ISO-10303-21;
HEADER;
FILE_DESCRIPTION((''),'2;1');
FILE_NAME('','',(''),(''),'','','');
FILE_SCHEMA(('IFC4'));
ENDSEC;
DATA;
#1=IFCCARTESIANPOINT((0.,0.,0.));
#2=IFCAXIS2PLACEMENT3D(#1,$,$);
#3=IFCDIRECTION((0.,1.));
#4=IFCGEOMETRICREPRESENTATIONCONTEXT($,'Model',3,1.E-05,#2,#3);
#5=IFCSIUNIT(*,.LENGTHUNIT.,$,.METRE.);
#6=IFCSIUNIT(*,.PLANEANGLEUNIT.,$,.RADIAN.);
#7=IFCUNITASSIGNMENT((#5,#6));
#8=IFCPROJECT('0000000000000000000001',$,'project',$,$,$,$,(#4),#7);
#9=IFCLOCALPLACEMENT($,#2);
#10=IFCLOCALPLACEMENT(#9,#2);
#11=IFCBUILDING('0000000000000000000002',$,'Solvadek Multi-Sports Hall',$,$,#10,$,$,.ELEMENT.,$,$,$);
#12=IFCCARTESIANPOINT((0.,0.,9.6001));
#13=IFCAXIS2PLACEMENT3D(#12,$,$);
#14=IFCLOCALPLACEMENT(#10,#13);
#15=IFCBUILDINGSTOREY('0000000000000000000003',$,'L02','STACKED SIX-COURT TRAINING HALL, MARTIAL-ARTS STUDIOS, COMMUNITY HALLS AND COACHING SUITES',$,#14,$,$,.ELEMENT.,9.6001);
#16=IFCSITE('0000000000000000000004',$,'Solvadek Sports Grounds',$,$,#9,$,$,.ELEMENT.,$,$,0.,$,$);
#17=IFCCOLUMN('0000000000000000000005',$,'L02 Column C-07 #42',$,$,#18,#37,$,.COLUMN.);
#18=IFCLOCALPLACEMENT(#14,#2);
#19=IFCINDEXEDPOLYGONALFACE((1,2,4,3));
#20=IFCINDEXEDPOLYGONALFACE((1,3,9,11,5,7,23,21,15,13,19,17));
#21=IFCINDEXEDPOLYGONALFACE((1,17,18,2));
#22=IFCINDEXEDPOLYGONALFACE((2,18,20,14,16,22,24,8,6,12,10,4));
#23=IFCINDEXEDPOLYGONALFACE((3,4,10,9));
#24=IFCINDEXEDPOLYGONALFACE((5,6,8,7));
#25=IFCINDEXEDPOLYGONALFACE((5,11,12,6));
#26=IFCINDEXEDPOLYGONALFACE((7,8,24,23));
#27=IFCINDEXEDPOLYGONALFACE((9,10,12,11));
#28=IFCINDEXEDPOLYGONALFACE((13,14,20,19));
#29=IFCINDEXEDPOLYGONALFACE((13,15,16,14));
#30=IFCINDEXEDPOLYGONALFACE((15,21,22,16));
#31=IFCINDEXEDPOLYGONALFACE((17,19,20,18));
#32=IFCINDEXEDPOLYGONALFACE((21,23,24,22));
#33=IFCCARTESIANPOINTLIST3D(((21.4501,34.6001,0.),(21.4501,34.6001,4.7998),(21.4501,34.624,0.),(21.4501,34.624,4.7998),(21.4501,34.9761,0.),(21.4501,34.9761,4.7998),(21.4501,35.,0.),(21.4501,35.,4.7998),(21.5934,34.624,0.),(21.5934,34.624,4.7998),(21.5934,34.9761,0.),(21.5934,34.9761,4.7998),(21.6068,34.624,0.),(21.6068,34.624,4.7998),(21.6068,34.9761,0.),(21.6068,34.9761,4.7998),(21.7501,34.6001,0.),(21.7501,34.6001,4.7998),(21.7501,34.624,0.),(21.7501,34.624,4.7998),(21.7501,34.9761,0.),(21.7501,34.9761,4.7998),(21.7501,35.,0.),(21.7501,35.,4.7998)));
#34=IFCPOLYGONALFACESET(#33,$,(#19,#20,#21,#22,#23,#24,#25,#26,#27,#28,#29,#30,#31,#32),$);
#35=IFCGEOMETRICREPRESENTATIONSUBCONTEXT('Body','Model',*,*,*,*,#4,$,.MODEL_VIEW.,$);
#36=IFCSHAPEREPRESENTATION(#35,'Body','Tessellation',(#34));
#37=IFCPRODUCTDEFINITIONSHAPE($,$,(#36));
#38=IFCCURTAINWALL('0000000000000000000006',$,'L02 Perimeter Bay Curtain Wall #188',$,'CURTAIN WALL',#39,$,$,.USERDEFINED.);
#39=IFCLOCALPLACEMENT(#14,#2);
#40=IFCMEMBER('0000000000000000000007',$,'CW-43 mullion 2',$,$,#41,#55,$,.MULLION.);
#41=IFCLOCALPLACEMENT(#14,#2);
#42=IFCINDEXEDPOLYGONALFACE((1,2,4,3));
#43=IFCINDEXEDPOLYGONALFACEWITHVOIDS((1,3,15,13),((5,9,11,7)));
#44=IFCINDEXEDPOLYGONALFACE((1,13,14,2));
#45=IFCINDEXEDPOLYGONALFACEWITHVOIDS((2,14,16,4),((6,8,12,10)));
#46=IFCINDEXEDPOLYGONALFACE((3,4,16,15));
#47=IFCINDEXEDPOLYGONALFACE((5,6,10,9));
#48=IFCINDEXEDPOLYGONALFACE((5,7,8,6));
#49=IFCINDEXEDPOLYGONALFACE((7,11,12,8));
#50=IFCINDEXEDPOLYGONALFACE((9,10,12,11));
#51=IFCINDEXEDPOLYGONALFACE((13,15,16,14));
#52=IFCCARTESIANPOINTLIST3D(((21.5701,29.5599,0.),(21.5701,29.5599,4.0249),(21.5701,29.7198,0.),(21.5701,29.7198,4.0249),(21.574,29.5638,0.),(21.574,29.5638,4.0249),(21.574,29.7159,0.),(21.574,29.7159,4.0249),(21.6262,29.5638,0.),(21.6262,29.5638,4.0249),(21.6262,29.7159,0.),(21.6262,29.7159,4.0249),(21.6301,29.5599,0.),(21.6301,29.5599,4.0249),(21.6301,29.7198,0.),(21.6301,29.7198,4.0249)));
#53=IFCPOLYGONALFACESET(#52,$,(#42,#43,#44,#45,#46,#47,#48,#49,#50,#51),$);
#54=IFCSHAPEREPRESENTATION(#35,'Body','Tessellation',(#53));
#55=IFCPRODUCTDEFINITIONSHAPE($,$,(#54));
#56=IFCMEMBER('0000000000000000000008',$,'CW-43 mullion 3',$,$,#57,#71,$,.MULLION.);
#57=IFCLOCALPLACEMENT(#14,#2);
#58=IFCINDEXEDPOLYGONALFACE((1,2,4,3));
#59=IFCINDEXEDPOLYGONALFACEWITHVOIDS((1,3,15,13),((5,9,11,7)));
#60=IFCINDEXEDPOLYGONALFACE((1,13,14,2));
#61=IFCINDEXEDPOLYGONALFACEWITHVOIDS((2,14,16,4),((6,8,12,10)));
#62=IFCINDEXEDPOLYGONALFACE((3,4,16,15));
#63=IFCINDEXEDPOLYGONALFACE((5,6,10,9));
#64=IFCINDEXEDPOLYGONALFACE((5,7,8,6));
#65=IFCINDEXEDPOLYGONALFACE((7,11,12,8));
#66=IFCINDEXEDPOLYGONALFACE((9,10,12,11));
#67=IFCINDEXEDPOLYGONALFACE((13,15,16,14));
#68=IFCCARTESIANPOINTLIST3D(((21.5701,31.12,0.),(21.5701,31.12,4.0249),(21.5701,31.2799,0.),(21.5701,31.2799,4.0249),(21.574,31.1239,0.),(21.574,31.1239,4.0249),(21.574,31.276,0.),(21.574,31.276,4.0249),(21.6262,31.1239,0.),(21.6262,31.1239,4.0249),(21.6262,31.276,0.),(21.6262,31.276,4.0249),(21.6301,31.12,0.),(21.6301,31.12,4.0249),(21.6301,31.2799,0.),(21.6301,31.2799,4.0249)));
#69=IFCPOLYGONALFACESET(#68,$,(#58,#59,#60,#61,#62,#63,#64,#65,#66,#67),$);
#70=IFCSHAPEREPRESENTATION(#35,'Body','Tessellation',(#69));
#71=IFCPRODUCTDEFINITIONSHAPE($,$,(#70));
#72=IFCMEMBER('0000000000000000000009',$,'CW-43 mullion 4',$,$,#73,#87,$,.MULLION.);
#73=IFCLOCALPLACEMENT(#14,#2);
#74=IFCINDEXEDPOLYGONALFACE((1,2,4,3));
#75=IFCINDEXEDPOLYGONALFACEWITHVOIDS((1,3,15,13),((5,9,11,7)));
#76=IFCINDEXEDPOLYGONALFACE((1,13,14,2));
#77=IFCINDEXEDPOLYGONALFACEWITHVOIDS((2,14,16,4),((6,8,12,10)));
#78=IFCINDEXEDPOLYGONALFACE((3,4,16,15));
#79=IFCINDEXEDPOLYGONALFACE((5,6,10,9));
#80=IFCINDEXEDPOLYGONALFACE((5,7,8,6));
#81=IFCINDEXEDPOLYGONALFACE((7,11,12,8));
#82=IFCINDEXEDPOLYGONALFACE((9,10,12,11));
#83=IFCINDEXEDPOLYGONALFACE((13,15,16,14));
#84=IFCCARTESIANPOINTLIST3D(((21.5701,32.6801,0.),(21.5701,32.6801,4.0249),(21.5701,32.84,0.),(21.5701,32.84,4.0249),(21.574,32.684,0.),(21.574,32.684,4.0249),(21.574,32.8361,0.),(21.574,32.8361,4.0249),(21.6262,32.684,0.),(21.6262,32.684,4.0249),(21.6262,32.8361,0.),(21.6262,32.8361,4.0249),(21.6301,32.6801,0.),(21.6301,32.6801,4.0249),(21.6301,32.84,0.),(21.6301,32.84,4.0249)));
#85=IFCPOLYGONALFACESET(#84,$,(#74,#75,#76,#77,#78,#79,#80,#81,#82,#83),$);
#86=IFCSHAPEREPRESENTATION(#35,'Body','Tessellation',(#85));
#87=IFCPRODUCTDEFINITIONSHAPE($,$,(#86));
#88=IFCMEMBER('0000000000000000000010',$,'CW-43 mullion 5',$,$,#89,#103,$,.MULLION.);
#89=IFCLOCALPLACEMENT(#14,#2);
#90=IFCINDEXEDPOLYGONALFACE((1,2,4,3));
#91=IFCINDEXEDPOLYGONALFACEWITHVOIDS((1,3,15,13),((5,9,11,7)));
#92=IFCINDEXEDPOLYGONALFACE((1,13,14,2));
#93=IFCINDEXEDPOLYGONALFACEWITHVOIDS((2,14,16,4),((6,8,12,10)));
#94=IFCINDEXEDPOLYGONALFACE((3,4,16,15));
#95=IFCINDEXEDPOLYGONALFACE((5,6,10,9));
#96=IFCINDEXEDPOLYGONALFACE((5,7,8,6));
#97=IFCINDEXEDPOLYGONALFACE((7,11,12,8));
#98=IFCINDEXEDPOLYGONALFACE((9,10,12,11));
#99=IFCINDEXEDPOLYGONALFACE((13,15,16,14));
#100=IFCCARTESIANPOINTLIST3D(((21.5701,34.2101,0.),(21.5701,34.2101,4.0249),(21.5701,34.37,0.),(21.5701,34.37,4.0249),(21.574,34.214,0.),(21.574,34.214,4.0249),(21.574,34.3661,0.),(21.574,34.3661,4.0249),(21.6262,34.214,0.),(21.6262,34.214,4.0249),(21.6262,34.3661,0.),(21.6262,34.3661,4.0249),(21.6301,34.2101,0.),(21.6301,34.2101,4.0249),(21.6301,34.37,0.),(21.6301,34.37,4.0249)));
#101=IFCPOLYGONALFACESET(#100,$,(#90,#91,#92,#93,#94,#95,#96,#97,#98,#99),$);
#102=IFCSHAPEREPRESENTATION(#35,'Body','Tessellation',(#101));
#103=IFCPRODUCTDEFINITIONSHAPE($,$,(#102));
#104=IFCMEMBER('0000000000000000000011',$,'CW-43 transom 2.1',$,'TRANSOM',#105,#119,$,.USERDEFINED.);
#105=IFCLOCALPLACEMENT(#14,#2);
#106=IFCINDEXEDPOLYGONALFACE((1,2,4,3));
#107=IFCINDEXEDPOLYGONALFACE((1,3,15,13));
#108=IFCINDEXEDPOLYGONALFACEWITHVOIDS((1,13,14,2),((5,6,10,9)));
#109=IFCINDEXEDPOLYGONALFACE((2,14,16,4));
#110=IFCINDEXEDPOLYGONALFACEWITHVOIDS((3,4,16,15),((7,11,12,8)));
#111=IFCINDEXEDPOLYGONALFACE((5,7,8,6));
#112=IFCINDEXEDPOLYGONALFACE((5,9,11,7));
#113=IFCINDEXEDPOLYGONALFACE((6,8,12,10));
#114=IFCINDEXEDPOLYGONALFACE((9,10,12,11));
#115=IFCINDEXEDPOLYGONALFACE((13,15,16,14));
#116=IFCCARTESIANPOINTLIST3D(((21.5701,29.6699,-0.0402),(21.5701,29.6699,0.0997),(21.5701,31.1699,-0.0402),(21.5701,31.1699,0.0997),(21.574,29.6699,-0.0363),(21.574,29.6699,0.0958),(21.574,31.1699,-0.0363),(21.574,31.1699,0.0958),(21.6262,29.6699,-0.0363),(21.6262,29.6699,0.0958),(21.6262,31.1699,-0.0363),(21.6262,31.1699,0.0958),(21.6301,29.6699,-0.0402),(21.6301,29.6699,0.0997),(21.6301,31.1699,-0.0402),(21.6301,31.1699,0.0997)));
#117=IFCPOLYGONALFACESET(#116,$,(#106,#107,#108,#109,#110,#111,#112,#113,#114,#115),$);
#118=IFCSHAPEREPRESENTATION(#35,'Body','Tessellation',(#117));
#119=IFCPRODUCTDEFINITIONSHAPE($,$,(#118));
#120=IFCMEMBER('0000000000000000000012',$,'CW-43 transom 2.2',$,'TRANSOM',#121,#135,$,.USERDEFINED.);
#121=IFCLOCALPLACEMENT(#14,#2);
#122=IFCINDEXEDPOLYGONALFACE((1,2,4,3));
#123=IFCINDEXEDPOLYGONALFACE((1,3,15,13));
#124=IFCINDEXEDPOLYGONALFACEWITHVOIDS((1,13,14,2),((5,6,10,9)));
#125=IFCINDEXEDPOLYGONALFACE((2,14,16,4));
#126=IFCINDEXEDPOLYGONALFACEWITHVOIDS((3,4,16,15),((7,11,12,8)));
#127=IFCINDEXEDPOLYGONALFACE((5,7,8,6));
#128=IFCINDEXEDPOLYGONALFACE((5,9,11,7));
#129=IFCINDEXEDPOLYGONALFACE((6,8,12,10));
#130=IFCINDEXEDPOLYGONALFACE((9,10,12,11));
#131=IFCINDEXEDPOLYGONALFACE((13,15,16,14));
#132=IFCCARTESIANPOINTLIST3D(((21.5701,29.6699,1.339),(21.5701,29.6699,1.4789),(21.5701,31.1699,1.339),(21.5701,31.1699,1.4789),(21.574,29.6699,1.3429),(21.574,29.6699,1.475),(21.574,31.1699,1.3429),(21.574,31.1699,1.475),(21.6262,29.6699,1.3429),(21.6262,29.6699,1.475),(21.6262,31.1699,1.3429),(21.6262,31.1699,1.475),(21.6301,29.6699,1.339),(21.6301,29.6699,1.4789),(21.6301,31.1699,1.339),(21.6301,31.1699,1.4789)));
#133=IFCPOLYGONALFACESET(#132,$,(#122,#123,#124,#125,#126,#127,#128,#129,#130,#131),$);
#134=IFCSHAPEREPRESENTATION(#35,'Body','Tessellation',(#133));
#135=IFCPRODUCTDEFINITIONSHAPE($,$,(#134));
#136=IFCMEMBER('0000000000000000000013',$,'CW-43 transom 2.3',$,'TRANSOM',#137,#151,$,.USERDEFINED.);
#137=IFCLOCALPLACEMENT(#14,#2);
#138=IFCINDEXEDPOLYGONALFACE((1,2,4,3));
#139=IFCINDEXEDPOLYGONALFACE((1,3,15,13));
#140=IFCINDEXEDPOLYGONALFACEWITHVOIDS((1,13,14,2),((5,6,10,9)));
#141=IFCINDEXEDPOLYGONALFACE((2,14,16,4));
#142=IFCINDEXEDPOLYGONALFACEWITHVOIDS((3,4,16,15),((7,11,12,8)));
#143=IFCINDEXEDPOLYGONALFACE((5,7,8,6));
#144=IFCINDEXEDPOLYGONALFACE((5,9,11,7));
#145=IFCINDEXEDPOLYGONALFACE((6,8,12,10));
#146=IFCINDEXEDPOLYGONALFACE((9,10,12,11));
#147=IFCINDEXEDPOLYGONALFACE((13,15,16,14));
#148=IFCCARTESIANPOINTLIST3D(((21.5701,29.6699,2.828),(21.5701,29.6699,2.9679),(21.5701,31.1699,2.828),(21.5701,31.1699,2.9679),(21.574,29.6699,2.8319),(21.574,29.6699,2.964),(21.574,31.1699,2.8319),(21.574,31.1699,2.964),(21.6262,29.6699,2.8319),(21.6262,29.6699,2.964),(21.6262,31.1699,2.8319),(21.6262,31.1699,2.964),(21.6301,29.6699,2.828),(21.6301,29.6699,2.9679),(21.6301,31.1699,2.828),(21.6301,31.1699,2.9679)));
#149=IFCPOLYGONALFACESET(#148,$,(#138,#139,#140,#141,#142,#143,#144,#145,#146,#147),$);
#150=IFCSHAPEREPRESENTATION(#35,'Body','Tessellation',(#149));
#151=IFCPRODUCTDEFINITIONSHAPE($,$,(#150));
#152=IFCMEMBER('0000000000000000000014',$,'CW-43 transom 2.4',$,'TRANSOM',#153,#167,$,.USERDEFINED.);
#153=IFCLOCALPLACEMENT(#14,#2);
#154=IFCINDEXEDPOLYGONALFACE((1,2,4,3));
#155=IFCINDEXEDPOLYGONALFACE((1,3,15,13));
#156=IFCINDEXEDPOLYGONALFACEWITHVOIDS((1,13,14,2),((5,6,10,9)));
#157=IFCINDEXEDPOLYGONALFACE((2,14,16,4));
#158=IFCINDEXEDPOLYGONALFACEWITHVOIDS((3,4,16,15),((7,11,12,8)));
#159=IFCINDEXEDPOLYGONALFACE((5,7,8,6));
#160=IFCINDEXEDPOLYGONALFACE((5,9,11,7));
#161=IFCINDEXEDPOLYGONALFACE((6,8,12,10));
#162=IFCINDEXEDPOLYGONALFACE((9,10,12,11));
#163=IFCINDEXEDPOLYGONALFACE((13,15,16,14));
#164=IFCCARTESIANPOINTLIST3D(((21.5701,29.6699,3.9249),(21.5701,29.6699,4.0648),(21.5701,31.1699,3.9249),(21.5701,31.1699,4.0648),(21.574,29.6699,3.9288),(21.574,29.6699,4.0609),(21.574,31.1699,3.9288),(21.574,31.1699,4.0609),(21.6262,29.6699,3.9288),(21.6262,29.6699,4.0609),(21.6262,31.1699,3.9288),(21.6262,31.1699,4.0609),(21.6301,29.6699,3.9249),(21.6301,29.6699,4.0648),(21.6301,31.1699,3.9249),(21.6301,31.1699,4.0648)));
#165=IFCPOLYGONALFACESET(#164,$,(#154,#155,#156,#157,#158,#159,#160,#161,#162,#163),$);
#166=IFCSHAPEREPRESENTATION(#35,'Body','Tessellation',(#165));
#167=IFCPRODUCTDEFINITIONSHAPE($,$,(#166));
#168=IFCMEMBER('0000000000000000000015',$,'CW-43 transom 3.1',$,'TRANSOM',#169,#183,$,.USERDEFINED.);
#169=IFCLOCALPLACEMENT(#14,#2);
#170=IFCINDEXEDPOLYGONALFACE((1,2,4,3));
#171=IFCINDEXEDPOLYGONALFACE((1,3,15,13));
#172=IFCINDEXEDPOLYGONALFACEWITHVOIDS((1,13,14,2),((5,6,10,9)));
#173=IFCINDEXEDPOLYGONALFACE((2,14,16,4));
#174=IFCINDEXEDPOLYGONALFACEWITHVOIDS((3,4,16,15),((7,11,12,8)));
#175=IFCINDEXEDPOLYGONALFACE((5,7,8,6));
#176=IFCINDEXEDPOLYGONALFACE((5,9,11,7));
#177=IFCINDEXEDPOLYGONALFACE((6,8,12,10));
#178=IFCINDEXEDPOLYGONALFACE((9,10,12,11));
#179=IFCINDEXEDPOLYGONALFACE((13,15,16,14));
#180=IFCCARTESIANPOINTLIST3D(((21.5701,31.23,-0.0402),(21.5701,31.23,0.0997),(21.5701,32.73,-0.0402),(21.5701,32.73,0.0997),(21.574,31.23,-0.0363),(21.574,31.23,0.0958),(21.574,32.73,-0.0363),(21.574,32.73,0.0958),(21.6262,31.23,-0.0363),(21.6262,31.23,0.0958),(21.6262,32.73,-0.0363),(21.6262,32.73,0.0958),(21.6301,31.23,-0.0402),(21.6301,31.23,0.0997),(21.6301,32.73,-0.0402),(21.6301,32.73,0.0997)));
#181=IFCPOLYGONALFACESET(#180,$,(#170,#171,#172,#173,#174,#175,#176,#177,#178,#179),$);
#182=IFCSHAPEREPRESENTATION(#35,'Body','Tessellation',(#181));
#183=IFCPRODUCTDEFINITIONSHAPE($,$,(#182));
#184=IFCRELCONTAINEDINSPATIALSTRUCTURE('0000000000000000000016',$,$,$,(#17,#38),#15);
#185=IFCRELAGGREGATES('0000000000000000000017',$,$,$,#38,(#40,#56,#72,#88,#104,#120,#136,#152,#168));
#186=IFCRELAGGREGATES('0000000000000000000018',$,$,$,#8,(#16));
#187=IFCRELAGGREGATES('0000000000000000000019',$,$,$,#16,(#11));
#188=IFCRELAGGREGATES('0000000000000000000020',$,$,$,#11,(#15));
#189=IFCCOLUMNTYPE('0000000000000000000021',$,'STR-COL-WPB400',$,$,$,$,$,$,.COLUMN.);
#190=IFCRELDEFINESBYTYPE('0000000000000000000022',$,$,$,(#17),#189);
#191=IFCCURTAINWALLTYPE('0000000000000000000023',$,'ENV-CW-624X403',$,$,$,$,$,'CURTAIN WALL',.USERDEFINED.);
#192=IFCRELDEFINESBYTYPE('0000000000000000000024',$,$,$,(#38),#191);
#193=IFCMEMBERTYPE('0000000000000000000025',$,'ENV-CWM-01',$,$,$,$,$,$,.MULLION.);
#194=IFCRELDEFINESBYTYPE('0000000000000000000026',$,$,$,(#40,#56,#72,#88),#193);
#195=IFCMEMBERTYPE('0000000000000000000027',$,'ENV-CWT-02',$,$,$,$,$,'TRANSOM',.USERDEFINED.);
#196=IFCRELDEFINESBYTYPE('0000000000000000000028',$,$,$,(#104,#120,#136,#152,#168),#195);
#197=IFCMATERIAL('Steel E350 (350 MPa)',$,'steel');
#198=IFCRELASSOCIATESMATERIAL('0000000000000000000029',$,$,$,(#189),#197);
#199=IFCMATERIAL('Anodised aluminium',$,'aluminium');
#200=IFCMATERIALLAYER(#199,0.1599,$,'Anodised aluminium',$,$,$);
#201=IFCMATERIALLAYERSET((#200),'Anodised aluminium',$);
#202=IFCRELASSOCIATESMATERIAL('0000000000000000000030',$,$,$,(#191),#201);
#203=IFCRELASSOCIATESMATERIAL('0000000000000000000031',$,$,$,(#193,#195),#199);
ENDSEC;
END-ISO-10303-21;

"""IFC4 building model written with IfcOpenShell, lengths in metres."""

from ifc_helpers import new_model, si_unit, direction, frame, origin, origin_2d, place, context, subcontext, project, spatial, hollow_rectangle, i_section, extrude, material, layer, layer_set, material_profile, profile_set, type_object, element, aggregate, save


model = new_model("IFC4")

# Units and contexts
model_context = context("Model", 3, precision=1e-05, world=origin(), true_north=direction((0.0, 1.0)))
body_context = subcontext(model_context, "Body", "Model", "MODEL_VIEW")
ifc_project = project(units=[si_unit("LENGTHUNIT", "METRE"), si_unit("PLANEANGLEUNIT", "RADIAN")], contexts=[model_context])

# Site, building, storey
site_placement = place(None, origin())
site = spatial("IfcSite", under=ifc_project, at=site_placement, Name="Solvadek Sports Grounds", CompositionType="ELEMENT", RefElevation=0.0)
building_placement = place(site_placement, origin())
building = spatial("IfcBuilding", under=site, at=building_placement, Name="Solvadek Multi-Sports Hall", CompositionType="ELEMENT")
storey_placement = place(building_placement, frame((0.0, 0.0, 9.6001)))
storey = spatial("IfcBuildingStorey", under=building, at=storey_placement, Name="L02", Description="STACKED SIX-COURT TRAINING HALL, MARTIAL-ARTS STUDIOS, COMMUNITY HALLS AND COACHING SUITES", CompositionType="ELEMENT", Elevation=9.6001)

# Column
ifc_material_1 = material(Name="Steel E350 (350 MPa)", Category="steel")
ifc_material_profile_1 = material_profile(ifc_material_1, i_section(OverallWidth=0.3, OverallDepth=0.3999, WebThickness=0.0134, FlangeThickness=0.0239, at=origin_2d()), Name="WPB 400")
ifc_profile_set_1 = profile_set([ifc_material_profile_1], Name="Steel E350 (350 MPa)")
column_type = type_object("IfcColumnType", Name="STR-COL-WPB400", PredefinedType="COLUMN", material=ifc_profile_set_1)
column_placement = place(storey_placement, frame((21.6001, 34.8, 0.0), z_axis=(0.0, 0.0, 1.0), x_axis=(1.0, 0.0, 0.0)))
element("IfcColumn", 1, at=column_placement, inside=storey, type_object=column_type, Name="L02 Column C-07 #42", PredefinedType="COLUMN", context=body_context, shape_type="SweptSolid", body=[
    extrude(i_section(OverallWidth=0.3, OverallDepth=0.3999, WebThickness=0.0134, FlangeThickness=0.0239, at=origin_2d()), origin(), (0.0, 0.0, 1.0), 4.7998),
])

# Curtain wall, members
ifc_material_2 = material(Name="Anodised aluminium", Category="aluminium")
ifc_layer_1 = layer(ifc_material_2, 0.1599, Name="Anodised aluminium")
ifc_layer_set_1 = layer_set([ifc_layer_1], Name="Anodised aluminium")
curtain_wall_type = type_object("IfcCurtainWallType", Name="ENV-CW-624X403", ElementType="CURTAIN WALL", PredefinedType="USERDEFINED", material=ifc_layer_set_1)
curtain_wall_placement = place(storey_placement, origin())
curtain_wall = element("IfcCurtainWall", 2, at=curtain_wall_placement, inside=storey, type_object=curtain_wall_type, Name="L02 Perimeter Bay Curtain Wall #188", ObjectType="CURTAIN WALL", PredefinedType="USERDEFINED")
ifc_material_profile_2 = material_profile(ifc_material_2, hollow_rectangle(XDim=0.0601, YDim=0.1599, WallThickness=0.0039, at=origin_2d()), Name="ALU-M 160x60x4")
ifc_profile_set_2 = profile_set([ifc_material_profile_2], Name="Anodised aluminium")
member_type_1 = type_object("IfcMemberType", Name="ENV-CWM-01", PredefinedType="MULLION", material=ifc_profile_set_2)
member_1_placement = place(storey_placement, frame((21.6001, 29.6399, 0.0), z_axis=(0.0, 0.0, 1.0), x_axis=(-1.0, 0.0, 0.0)))
member_1 = element("IfcMember", 3, at=member_1_placement, type_object=member_type_1, Name="CW-43 mullion 2", PredefinedType="MULLION", context=body_context, shape_type="SweptSolid", body=[
    extrude(hollow_rectangle(XDim=0.0601, YDim=0.1599, WallThickness=0.0039, at=origin_2d()), origin(), (0.0, 0.0, 1.0), 4.0249),
])
member_2_placement = place(storey_placement, frame((21.6001, 31.2, 0.0), z_axis=(0.0, 0.0, 1.0), x_axis=(-1.0, 0.0, 0.0)))
member_2 = element("IfcMember", 4, at=member_2_placement, type_object=member_type_1, Name="CW-43 mullion 3", PredefinedType="MULLION", context=body_context, shape_type="SweptSolid", body=[
    extrude(hollow_rectangle(XDim=0.0601, YDim=0.1599, WallThickness=0.0039, at=origin_2d()), origin(), (0.0, 0.0, 1.0), 4.0249),
])
member_3_placement = place(storey_placement, frame((21.6001, 32.76, 0.0), z_axis=(0.0, 0.0, 1.0), x_axis=(-1.0, 0.0, 0.0)))
member_3 = element("IfcMember", 5, at=member_3_placement, type_object=member_type_1, Name="CW-43 mullion 4", PredefinedType="MULLION", context=body_context, shape_type="SweptSolid", body=[
    extrude(hollow_rectangle(XDim=0.0601, YDim=0.1599, WallThickness=0.0039, at=origin_2d()), origin(), (0.0, 0.0, 1.0), 4.0249),
])
member_4_placement = place(storey_placement, frame((21.6001, 34.29, 0.0), z_axis=(0.0, 0.0, 1.0), x_axis=(-1.0, 0.0, 0.0)))
member_4 = element("IfcMember", 6, at=member_4_placement, type_object=member_type_1, Name="CW-43 mullion 5", PredefinedType="MULLION", context=body_context, shape_type="SweptSolid", body=[
    extrude(hollow_rectangle(XDim=0.0601, YDim=0.1599, WallThickness=0.0039, at=origin_2d()), origin(), (0.0, 0.0, 1.0), 4.0249),
])
ifc_material_profile_3 = material_profile(ifc_material_2, hollow_rectangle(XDim=0.0601, YDim=0.1399, WallThickness=0.0039, at=origin_2d()), Name="ALU-T 140x60x4")
ifc_profile_set_3 = profile_set([ifc_material_profile_3], Name="Anodised aluminium")
member_type_2 = type_object("IfcMemberType", Name="ENV-CWT-02", ElementType="TRANSOM", PredefinedType="USERDEFINED", material=ifc_profile_set_3)
member_5_placement = place(storey_placement, frame((21.6001, 29.6699, 0.0298), z_axis=(0.0, 1.0, 0.0), x_axis=(-1.0, 0.0, 0.0)))
member_5 = element("IfcMember", 7, at=member_5_placement, type_object=member_type_2, Name="CW-43 transom 2.1", ObjectType="TRANSOM", PredefinedType="USERDEFINED", context=body_context, shape_type="SweptSolid", body=[
    extrude(hollow_rectangle(XDim=0.0601, YDim=0.1399, WallThickness=0.0039, at=origin_2d()), origin(), (0.0, 0.0, 1.0), 1.5),
])
member_6_placement = place(storey_placement, frame((21.6001, 29.6699, 1.4089), z_axis=(0.0, 1.0, 0.0), x_axis=(-1.0, 0.0, 0.0)))
member_6 = element("IfcMember", 8, at=member_6_placement, type_object=member_type_2, Name="CW-43 transom 2.2", ObjectType="TRANSOM", PredefinedType="USERDEFINED", context=body_context, shape_type="SweptSolid", body=[
    extrude(hollow_rectangle(XDim=0.0601, YDim=0.1399, WallThickness=0.0039, at=origin_2d()), origin(), (0.0, 0.0, 1.0), 1.5),
])
member_7_placement = place(storey_placement, frame((21.6001, 29.6699, 2.8979), z_axis=(0.0, 1.0, 0.0), x_axis=(-1.0, 0.0, 0.0)))
member_7 = element("IfcMember", 9, at=member_7_placement, type_object=member_type_2, Name="CW-43 transom 2.3", ObjectType="TRANSOM", PredefinedType="USERDEFINED", context=body_context, shape_type="SweptSolid", body=[
    extrude(hollow_rectangle(XDim=0.0601, YDim=0.1399, WallThickness=0.0039, at=origin_2d()), origin(), (0.0, 0.0, 1.0), 1.5),
])
member_8_placement = place(storey_placement, frame((21.6001, 29.6699, 3.9949), z_axis=(0.0, 1.0, 0.0), x_axis=(-1.0, 0.0, 0.0)))
member_8 = element("IfcMember", 10, at=member_8_placement, type_object=member_type_2, Name="CW-43 transom 2.4", ObjectType="TRANSOM", PredefinedType="USERDEFINED", context=body_context, shape_type="SweptSolid", body=[
    extrude(hollow_rectangle(XDim=0.0601, YDim=0.1399, WallThickness=0.0039, at=origin_2d()), origin(), (0.0, 0.0, 1.0), 1.5),
])
member_9_placement = place(storey_placement, frame((21.6001, 31.23, 0.0298), z_axis=(0.0, 1.0, 0.0), x_axis=(-1.0, 0.0, 0.0)))
member_9 = element("IfcMember", 11, at=member_9_placement, type_object=member_type_2, Name="CW-43 transom 3.1", ObjectType="TRANSOM", PredefinedType="USERDEFINED", context=body_context, shape_type="SweptSolid", body=[
    extrude(hollow_rectangle(XDim=0.0601, YDim=0.1399, WallThickness=0.0039, at=origin_2d()), origin(), (0.0, 0.0, 1.0), 1.5),
])

aggregate(curtain_wall, [member_1, member_2, member_3, member_4, member_5, member_6, member_7, member_8, member_9])

save(model, "model.ifc")
